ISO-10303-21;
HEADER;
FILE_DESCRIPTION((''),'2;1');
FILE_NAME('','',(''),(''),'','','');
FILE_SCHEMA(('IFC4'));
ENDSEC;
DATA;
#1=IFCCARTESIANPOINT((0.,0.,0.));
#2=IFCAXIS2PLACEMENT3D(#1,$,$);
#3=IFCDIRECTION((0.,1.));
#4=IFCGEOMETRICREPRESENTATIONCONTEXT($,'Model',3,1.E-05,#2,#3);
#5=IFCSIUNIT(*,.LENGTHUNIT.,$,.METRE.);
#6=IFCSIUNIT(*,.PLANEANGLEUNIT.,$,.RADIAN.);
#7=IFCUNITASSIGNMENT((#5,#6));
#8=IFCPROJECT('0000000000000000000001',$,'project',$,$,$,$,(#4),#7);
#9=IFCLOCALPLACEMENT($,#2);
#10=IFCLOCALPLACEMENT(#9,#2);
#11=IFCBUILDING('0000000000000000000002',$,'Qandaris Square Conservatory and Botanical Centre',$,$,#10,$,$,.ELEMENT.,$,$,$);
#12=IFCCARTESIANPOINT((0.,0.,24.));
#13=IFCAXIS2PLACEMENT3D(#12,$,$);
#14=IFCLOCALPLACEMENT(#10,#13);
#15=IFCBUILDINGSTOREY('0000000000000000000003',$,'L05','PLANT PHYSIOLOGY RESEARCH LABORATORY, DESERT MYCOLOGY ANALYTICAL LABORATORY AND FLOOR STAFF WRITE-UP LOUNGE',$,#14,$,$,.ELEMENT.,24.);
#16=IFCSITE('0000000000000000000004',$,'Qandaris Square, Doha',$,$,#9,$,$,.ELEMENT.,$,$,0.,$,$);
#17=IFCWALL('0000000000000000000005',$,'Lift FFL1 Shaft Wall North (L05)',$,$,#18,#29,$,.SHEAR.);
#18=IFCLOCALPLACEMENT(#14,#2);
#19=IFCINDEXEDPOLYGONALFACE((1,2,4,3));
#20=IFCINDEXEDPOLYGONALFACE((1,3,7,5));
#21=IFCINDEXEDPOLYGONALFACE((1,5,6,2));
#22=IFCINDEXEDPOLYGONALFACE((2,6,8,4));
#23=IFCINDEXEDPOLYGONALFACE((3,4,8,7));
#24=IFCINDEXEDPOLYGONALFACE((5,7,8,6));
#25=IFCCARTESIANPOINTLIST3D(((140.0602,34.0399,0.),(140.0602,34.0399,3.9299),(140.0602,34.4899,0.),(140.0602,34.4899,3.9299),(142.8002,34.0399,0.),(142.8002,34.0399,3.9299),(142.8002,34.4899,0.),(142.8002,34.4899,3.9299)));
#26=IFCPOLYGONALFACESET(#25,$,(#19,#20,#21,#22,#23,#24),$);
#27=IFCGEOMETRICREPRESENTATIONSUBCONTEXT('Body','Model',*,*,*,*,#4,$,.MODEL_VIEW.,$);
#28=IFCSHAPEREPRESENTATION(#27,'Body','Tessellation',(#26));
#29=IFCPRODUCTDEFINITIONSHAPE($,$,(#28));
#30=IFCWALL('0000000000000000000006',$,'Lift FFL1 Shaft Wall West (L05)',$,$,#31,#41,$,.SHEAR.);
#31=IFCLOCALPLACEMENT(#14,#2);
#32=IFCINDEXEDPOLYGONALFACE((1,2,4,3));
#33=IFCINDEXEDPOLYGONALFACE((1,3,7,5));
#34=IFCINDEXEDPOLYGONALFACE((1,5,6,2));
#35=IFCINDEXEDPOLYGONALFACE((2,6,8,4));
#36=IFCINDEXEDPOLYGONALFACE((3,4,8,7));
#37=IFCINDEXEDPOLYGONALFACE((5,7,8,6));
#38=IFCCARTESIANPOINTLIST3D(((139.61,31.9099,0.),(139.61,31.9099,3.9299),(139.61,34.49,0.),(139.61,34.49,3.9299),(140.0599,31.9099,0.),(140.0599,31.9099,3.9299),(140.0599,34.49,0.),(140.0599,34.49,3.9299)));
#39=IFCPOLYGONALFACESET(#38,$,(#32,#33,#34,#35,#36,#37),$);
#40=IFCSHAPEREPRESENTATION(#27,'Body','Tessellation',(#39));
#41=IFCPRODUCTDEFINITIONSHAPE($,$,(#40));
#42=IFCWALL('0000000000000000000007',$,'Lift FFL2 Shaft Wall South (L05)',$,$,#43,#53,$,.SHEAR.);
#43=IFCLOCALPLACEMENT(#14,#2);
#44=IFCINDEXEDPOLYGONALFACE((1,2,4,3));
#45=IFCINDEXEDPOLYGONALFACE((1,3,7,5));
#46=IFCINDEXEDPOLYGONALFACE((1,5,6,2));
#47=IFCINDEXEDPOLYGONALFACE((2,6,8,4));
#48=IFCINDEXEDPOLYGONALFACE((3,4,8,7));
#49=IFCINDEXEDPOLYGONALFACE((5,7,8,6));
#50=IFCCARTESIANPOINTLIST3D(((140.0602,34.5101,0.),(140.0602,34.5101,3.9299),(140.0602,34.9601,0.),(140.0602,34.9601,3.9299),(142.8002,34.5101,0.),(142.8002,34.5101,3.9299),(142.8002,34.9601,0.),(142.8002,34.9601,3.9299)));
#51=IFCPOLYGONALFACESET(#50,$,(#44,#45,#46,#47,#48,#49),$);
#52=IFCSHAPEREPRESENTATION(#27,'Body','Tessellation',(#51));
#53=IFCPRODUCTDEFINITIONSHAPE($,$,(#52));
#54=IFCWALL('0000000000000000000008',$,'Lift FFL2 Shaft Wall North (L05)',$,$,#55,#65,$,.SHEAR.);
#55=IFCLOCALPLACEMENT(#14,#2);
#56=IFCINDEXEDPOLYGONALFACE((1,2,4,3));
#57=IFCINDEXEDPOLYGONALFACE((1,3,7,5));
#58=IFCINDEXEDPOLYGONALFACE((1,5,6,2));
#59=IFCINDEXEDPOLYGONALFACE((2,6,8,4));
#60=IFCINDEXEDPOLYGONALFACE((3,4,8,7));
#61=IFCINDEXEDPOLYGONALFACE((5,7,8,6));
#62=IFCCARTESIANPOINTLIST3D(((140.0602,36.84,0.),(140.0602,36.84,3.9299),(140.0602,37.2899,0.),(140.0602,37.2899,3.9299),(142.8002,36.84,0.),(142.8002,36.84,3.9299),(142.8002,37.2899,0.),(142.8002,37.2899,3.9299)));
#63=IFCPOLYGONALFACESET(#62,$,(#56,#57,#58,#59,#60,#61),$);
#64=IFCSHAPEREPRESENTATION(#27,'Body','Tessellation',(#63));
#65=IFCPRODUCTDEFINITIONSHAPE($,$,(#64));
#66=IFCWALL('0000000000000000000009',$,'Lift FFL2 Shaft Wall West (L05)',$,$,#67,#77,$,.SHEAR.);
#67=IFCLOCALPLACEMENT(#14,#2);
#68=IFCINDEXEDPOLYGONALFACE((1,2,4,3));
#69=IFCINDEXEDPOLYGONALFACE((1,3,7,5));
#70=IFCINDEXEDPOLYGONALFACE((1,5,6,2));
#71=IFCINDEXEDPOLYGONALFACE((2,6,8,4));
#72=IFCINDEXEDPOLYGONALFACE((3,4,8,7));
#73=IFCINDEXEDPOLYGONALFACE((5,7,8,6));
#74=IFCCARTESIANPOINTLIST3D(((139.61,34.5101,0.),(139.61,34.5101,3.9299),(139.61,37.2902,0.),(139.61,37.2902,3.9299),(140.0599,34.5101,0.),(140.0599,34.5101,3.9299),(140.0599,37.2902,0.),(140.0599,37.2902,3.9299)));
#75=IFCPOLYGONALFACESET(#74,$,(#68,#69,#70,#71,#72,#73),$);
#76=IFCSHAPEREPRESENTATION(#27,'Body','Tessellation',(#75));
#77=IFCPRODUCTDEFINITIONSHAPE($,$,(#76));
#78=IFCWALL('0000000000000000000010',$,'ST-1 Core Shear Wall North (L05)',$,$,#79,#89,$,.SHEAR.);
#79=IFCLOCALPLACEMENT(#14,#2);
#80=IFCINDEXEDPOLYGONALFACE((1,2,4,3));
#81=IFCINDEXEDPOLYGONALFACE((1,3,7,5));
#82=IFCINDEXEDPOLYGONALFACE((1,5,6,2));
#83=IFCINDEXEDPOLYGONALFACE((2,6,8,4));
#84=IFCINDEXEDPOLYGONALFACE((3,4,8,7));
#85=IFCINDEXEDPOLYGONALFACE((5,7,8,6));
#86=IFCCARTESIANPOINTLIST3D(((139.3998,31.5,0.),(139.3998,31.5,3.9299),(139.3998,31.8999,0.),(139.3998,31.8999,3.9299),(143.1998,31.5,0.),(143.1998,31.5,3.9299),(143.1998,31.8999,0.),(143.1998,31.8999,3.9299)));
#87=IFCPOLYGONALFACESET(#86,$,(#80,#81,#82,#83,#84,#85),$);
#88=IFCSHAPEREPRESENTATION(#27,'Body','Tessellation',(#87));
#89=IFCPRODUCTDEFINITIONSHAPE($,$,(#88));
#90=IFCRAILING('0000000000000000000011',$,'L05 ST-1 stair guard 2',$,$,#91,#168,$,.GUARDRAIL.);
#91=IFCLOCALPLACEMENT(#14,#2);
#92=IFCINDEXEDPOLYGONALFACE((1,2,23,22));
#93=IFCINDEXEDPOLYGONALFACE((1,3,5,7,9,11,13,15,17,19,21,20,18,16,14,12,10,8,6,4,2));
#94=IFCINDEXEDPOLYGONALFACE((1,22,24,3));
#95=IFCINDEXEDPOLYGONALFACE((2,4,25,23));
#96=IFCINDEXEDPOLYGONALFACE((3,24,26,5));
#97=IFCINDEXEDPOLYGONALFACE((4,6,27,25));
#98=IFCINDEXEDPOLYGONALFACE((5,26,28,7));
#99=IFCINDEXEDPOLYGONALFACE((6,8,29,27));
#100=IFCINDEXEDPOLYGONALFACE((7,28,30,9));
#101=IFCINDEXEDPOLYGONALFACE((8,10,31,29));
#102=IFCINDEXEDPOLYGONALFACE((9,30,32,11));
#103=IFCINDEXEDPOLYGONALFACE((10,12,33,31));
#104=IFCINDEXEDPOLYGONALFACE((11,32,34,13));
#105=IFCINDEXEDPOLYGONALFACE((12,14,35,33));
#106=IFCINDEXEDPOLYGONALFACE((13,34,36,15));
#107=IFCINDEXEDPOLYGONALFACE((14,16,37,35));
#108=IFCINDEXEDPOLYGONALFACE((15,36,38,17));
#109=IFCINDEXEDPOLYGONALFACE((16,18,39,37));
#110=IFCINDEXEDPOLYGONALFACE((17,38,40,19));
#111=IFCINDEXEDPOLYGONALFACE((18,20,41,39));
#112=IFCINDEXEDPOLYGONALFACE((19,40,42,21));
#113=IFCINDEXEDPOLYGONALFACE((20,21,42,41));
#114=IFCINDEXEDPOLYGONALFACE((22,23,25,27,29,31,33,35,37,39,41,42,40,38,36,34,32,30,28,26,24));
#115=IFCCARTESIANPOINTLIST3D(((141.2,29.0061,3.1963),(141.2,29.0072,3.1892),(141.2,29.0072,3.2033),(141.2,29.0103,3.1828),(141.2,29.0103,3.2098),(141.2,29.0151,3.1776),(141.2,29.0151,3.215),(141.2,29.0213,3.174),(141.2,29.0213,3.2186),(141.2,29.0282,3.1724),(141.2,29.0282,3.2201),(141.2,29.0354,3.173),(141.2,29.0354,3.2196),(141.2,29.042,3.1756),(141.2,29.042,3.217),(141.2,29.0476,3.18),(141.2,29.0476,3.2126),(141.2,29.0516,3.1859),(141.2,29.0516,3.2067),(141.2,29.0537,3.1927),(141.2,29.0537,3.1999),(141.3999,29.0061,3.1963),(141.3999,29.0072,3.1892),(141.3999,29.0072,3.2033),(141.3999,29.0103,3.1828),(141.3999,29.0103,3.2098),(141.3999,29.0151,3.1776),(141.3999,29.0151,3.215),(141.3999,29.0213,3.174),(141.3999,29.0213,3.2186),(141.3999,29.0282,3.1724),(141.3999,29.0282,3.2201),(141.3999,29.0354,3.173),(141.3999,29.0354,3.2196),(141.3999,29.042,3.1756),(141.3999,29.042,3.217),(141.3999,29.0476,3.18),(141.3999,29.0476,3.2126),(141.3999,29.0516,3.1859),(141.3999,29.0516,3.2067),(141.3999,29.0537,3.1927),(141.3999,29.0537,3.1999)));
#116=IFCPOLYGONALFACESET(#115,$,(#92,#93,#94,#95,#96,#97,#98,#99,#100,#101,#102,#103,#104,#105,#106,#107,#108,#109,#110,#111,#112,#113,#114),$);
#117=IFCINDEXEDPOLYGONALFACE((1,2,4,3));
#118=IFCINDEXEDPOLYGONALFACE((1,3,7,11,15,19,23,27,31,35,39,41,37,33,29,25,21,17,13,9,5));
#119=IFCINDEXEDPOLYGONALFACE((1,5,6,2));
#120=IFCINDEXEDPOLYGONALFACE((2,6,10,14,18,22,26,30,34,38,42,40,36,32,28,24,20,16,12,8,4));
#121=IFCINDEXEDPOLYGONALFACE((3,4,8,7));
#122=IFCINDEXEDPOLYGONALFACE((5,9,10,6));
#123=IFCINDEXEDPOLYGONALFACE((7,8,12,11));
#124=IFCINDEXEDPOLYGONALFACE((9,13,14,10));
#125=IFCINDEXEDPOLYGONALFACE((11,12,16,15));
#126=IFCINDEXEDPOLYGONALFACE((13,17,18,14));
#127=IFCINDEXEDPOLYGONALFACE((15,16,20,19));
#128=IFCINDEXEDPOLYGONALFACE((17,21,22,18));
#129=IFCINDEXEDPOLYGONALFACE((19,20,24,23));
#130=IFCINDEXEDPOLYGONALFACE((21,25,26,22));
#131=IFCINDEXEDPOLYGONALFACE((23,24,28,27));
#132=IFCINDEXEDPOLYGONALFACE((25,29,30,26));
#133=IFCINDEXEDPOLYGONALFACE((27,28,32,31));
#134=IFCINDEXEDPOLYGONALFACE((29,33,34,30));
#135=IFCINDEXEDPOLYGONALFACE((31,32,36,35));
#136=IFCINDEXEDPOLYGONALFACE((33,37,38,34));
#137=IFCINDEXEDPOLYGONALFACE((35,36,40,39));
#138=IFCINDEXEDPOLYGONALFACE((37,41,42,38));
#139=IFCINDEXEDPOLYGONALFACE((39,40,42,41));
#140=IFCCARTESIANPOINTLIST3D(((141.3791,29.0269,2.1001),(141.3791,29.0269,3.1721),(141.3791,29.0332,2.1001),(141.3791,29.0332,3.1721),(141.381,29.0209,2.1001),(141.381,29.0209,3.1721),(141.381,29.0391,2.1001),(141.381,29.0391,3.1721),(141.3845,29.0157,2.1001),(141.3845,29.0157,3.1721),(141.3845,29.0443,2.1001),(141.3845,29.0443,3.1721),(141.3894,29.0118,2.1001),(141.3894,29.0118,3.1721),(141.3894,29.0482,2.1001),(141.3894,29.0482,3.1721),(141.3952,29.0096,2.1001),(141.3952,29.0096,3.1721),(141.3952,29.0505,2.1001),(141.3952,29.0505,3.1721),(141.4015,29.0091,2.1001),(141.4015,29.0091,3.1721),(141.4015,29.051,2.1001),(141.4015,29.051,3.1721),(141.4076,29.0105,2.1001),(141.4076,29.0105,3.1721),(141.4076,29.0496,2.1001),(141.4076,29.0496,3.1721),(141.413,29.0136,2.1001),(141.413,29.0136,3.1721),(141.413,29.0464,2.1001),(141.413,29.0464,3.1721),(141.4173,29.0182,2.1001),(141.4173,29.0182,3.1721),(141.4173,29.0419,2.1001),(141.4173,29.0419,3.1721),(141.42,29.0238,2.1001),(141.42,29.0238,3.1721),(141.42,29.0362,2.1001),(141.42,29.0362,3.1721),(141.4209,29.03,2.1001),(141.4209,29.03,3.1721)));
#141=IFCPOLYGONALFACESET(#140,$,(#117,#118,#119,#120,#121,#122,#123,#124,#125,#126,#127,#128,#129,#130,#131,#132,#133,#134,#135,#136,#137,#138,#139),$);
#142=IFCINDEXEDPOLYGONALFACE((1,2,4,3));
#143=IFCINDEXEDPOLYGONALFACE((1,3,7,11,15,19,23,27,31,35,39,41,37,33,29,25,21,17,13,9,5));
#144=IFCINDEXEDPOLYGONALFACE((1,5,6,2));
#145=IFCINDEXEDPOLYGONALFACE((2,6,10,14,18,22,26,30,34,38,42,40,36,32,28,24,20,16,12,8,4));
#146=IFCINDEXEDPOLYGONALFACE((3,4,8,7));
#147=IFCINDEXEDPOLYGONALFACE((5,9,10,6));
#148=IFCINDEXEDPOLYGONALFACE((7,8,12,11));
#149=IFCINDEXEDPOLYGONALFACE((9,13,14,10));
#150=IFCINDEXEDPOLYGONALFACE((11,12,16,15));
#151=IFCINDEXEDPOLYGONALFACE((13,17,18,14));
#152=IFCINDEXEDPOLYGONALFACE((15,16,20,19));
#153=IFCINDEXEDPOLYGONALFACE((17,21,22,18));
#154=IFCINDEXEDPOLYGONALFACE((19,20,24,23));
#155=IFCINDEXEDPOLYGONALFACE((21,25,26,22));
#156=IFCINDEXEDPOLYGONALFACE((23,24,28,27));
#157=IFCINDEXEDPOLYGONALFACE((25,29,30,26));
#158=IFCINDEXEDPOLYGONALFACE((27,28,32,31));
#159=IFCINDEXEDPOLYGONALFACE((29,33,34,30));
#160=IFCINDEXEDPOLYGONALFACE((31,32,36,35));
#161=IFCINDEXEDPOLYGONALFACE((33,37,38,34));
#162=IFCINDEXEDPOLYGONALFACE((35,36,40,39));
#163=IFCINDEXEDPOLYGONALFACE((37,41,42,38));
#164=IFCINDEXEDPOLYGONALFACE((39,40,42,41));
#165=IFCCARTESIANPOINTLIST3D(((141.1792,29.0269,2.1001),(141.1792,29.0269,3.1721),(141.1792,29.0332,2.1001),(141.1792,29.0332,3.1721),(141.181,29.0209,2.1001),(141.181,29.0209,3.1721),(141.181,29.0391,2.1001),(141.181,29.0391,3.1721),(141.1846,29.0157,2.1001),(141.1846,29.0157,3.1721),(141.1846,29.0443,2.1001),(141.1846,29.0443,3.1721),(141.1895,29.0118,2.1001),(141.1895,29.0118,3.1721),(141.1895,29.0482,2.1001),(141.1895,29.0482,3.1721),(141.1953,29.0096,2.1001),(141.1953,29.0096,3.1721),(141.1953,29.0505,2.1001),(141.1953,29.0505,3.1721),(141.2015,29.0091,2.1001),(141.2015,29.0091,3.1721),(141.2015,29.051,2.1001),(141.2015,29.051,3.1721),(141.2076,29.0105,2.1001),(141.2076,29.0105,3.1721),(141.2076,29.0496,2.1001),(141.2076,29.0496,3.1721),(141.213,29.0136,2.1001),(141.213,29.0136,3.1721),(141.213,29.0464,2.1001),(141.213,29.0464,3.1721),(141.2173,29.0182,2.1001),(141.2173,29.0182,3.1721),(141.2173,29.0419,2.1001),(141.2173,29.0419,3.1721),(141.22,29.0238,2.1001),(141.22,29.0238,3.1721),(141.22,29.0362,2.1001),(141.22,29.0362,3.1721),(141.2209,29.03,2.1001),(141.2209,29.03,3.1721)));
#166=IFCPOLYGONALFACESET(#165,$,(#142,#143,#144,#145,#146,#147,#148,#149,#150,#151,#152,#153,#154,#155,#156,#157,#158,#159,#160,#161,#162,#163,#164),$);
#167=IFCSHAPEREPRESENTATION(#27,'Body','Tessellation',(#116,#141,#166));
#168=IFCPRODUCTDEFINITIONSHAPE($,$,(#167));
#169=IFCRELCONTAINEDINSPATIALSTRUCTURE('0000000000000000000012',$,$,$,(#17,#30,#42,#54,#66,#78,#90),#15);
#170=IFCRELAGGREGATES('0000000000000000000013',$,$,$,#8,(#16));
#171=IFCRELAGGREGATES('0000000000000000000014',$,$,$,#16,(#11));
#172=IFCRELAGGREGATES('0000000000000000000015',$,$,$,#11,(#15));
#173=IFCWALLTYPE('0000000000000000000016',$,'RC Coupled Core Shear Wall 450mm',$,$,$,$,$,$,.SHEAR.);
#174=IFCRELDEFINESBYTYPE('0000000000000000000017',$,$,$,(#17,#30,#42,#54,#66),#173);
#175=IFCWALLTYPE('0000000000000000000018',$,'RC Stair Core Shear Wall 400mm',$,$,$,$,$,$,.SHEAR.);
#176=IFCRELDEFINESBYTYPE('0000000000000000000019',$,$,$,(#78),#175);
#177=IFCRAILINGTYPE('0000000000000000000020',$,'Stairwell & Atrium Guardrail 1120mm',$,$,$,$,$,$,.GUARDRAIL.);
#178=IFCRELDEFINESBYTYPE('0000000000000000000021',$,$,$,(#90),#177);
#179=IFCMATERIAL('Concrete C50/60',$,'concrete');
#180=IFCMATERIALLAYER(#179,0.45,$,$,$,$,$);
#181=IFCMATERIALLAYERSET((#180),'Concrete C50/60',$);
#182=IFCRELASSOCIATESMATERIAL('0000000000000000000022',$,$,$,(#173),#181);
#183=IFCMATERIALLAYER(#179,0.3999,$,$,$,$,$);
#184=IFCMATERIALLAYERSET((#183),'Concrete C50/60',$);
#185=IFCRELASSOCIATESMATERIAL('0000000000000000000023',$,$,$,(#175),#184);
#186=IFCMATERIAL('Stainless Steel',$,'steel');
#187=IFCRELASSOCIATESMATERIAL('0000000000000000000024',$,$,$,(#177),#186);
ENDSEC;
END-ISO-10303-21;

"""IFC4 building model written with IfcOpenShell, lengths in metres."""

from ifc_helpers import new_model, si_unit, direction, frame, frame_2d, origin, origin_2d, place, context, subcontext, project, spatial, rectangle, circle, extrude, material, layer, layer_set, type_object, element, save


model = new_model("IFC4")

# Units and contexts
model_context = context("Model", 3, precision=1e-05, world=origin(), true_north=direction((0.0, 1.0)))
body_context = subcontext(model_context, "Body", "Model", "MODEL_VIEW")
ifc_project = project(units=[si_unit("LENGTHUNIT", "METRE"), si_unit("PLANEANGLEUNIT", "RADIAN")], contexts=[model_context])

# Site, building, storey
site_placement = place(None, origin())
site = spatial("IfcSite", under=ifc_project, at=site_placement, Name="Qandaris Square, Doha", CompositionType="ELEMENT", RefElevation=0.0)
building_placement = place(site_placement, origin())
building = spatial("IfcBuilding", under=site, at=building_placement, Name="Qandaris Square Conservatory and Botanical Centre", CompositionType="ELEMENT")
storey_placement = place(building_placement, frame((0.0, 0.0, 24.0)))
storey = spatial("IfcBuildingStorey", under=building, at=storey_placement, Name="L05", Description="PLANT PHYSIOLOGY RESEARCH LABORATORY, DESERT MYCOLOGY ANALYTICAL LABORATORY AND FLOOR STAFF WRITE-UP LOUNGE", CompositionType="ELEMENT", Elevation=24.0)

# Shared definitions
ifc_material_1 = material(Name="Concrete C50/60", Category="concrete")

# Walls
ifc_layer_1 = layer(ifc_material_1, 0.45)
ifc_layer_set_1 = layer_set([ifc_layer_1], Name="Concrete C50/60")
wall_type_1 = type_object("IfcWallType", Name="RC Coupled Core Shear Wall 450mm", PredefinedType="SHEAR", material=ifc_layer_set_1)
for number, where, z_axis, x_axis, name in (
    (1, (140.0601, 34.2649, 0.0), (0.0, 0.0, 1.0), (1.0, 0.0, 0.0), "Lift FFL1 Shaft Wall North (L05)"),
):
    element("IfcWall", number, at=place(storey_placement, frame(where, z_axis=z_axis, x_axis=x_axis)), inside=storey, type_object=wall_type_1, Name=name, PredefinedType="SHEAR", context=body_context, shape_type="SweptSolid", body=[
        extrude(rectangle(XDim=2.74, YDim=0.45, at=frame_2d((1.3701, 0.0))), origin(), (0.0, 0.0, 1.0), 3.9299),
    ])
wall_1_placement = place(storey_placement, frame((139.835, 31.9099, 0.0), z_axis=(0.0, 0.0, 1.0), x_axis=(0.0, 1.0, 0.0)))
element("IfcWall", 2, at=wall_1_placement, inside=storey, type_object=wall_type_1, Name="Lift FFL1 Shaft Wall West (L05)", PredefinedType="SHEAR", context=body_context, shape_type="SweptSolid", body=[
    extrude(rectangle(XDim=2.5801, YDim=0.45, at=frame_2d((1.29, 0.0))), origin(), (0.0, 0.0, 1.0), 3.9299),
])
for number, where, z_axis, x_axis, name in (
    (3, (140.0601, 34.7351, 0.0), (0.0, 0.0, 1.0), (1.0, 0.0, 0.0), "Lift FFL2 Shaft Wall South (L05)"),
    (4, (140.0601, 37.0649, 0.0), (0.0, 0.0, 1.0), (1.0, 0.0, 0.0), "Lift FFL2 Shaft Wall North (L05)"),
):
    element("IfcWall", number, at=place(storey_placement, frame(where, z_axis=z_axis, x_axis=x_axis)), inside=storey, type_object=wall_type_1, Name=name, PredefinedType="SHEAR", context=body_context, shape_type="SweptSolid", body=[
        extrude(rectangle(XDim=2.74, YDim=0.45, at=frame_2d((1.3701, 0.0))), origin(), (0.0, 0.0, 1.0), 3.9299),
    ])
wall_2_placement = place(storey_placement, frame((139.835, 34.51, 0.0), z_axis=(0.0, 0.0, 1.0), x_axis=(0.0, 1.0, 0.0)))
element("IfcWall", 5, at=wall_2_placement, inside=storey, type_object=wall_type_1, Name="Lift FFL2 Shaft Wall West (L05)", PredefinedType="SHEAR", context=body_context, shape_type="SweptSolid", body=[
    extrude(rectangle(XDim=2.78, YDim=0.45, at=frame_2d((1.3901, 0.0))), origin(), (0.0, 0.0, 1.0), 3.9299),
])
ifc_layer_2 = layer(ifc_material_1, 0.3999)
ifc_layer_set_2 = layer_set([ifc_layer_2], Name="Concrete C50/60")
wall_type_2 = type_object("IfcWallType", Name="RC Stair Core Shear Wall 400mm", PredefinedType="SHEAR", material=ifc_layer_set_2)
wall_3_placement = place(storey_placement, frame((139.3999, 31.7, 0.0), z_axis=(0.0, 0.0, 1.0), x_axis=(1.0, 0.0, 0.0)))
element("IfcWall", 6, at=wall_3_placement, inside=storey, type_object=wall_type_2, Name="ST-1 Core Shear Wall North (L05)", PredefinedType="SHEAR", context=body_context, shape_type="SweptSolid", body=[
    extrude(rectangle(XDim=3.8, YDim=0.3999, at=frame_2d((1.8999, 0.0))), origin(), (0.0, 0.0, 1.0), 3.9299),
])

# Railing
ifc_material_2 = material(Name="Stainless Steel", Category="steel")
railing_type = type_object("IfcRailingType", Name="Stairwell & Atrium Guardrail 1120mm", PredefinedType="GUARDRAIL", material=ifc_material_2)
railing_1_placement = place(storey_placement, frame((141.3999, 29.03, 2.1001)))
element("IfcRailing", 7, at=railing_1_placement, inside=storey, type_object=railing_type, Name="L05 ST-1 stair guard 2", PredefinedType="GUARDRAIL", context=body_context, shape_type="SweptSolid", body=[
    extrude(circle(Radius=0.0239, at=origin_2d()), frame((0.0, 0.0, 1.0962), z_axis=(-1.0, 0.0, 0.0), x_axis=(0.0, -1.0, 0.0)), (0.0, 0.0, 1.0), 0.2),
    extrude(circle(Radius=0.021, at=origin_2d()), origin(), (0.0, 0.0, 1.0), 1.072),
    extrude(circle(Radius=0.021, at=origin_2d()), frame((-0.2, 0.0, 0.0)), (0.0, 0.0, 1.0), 1.072),
])

save(model, "model.ifc")
